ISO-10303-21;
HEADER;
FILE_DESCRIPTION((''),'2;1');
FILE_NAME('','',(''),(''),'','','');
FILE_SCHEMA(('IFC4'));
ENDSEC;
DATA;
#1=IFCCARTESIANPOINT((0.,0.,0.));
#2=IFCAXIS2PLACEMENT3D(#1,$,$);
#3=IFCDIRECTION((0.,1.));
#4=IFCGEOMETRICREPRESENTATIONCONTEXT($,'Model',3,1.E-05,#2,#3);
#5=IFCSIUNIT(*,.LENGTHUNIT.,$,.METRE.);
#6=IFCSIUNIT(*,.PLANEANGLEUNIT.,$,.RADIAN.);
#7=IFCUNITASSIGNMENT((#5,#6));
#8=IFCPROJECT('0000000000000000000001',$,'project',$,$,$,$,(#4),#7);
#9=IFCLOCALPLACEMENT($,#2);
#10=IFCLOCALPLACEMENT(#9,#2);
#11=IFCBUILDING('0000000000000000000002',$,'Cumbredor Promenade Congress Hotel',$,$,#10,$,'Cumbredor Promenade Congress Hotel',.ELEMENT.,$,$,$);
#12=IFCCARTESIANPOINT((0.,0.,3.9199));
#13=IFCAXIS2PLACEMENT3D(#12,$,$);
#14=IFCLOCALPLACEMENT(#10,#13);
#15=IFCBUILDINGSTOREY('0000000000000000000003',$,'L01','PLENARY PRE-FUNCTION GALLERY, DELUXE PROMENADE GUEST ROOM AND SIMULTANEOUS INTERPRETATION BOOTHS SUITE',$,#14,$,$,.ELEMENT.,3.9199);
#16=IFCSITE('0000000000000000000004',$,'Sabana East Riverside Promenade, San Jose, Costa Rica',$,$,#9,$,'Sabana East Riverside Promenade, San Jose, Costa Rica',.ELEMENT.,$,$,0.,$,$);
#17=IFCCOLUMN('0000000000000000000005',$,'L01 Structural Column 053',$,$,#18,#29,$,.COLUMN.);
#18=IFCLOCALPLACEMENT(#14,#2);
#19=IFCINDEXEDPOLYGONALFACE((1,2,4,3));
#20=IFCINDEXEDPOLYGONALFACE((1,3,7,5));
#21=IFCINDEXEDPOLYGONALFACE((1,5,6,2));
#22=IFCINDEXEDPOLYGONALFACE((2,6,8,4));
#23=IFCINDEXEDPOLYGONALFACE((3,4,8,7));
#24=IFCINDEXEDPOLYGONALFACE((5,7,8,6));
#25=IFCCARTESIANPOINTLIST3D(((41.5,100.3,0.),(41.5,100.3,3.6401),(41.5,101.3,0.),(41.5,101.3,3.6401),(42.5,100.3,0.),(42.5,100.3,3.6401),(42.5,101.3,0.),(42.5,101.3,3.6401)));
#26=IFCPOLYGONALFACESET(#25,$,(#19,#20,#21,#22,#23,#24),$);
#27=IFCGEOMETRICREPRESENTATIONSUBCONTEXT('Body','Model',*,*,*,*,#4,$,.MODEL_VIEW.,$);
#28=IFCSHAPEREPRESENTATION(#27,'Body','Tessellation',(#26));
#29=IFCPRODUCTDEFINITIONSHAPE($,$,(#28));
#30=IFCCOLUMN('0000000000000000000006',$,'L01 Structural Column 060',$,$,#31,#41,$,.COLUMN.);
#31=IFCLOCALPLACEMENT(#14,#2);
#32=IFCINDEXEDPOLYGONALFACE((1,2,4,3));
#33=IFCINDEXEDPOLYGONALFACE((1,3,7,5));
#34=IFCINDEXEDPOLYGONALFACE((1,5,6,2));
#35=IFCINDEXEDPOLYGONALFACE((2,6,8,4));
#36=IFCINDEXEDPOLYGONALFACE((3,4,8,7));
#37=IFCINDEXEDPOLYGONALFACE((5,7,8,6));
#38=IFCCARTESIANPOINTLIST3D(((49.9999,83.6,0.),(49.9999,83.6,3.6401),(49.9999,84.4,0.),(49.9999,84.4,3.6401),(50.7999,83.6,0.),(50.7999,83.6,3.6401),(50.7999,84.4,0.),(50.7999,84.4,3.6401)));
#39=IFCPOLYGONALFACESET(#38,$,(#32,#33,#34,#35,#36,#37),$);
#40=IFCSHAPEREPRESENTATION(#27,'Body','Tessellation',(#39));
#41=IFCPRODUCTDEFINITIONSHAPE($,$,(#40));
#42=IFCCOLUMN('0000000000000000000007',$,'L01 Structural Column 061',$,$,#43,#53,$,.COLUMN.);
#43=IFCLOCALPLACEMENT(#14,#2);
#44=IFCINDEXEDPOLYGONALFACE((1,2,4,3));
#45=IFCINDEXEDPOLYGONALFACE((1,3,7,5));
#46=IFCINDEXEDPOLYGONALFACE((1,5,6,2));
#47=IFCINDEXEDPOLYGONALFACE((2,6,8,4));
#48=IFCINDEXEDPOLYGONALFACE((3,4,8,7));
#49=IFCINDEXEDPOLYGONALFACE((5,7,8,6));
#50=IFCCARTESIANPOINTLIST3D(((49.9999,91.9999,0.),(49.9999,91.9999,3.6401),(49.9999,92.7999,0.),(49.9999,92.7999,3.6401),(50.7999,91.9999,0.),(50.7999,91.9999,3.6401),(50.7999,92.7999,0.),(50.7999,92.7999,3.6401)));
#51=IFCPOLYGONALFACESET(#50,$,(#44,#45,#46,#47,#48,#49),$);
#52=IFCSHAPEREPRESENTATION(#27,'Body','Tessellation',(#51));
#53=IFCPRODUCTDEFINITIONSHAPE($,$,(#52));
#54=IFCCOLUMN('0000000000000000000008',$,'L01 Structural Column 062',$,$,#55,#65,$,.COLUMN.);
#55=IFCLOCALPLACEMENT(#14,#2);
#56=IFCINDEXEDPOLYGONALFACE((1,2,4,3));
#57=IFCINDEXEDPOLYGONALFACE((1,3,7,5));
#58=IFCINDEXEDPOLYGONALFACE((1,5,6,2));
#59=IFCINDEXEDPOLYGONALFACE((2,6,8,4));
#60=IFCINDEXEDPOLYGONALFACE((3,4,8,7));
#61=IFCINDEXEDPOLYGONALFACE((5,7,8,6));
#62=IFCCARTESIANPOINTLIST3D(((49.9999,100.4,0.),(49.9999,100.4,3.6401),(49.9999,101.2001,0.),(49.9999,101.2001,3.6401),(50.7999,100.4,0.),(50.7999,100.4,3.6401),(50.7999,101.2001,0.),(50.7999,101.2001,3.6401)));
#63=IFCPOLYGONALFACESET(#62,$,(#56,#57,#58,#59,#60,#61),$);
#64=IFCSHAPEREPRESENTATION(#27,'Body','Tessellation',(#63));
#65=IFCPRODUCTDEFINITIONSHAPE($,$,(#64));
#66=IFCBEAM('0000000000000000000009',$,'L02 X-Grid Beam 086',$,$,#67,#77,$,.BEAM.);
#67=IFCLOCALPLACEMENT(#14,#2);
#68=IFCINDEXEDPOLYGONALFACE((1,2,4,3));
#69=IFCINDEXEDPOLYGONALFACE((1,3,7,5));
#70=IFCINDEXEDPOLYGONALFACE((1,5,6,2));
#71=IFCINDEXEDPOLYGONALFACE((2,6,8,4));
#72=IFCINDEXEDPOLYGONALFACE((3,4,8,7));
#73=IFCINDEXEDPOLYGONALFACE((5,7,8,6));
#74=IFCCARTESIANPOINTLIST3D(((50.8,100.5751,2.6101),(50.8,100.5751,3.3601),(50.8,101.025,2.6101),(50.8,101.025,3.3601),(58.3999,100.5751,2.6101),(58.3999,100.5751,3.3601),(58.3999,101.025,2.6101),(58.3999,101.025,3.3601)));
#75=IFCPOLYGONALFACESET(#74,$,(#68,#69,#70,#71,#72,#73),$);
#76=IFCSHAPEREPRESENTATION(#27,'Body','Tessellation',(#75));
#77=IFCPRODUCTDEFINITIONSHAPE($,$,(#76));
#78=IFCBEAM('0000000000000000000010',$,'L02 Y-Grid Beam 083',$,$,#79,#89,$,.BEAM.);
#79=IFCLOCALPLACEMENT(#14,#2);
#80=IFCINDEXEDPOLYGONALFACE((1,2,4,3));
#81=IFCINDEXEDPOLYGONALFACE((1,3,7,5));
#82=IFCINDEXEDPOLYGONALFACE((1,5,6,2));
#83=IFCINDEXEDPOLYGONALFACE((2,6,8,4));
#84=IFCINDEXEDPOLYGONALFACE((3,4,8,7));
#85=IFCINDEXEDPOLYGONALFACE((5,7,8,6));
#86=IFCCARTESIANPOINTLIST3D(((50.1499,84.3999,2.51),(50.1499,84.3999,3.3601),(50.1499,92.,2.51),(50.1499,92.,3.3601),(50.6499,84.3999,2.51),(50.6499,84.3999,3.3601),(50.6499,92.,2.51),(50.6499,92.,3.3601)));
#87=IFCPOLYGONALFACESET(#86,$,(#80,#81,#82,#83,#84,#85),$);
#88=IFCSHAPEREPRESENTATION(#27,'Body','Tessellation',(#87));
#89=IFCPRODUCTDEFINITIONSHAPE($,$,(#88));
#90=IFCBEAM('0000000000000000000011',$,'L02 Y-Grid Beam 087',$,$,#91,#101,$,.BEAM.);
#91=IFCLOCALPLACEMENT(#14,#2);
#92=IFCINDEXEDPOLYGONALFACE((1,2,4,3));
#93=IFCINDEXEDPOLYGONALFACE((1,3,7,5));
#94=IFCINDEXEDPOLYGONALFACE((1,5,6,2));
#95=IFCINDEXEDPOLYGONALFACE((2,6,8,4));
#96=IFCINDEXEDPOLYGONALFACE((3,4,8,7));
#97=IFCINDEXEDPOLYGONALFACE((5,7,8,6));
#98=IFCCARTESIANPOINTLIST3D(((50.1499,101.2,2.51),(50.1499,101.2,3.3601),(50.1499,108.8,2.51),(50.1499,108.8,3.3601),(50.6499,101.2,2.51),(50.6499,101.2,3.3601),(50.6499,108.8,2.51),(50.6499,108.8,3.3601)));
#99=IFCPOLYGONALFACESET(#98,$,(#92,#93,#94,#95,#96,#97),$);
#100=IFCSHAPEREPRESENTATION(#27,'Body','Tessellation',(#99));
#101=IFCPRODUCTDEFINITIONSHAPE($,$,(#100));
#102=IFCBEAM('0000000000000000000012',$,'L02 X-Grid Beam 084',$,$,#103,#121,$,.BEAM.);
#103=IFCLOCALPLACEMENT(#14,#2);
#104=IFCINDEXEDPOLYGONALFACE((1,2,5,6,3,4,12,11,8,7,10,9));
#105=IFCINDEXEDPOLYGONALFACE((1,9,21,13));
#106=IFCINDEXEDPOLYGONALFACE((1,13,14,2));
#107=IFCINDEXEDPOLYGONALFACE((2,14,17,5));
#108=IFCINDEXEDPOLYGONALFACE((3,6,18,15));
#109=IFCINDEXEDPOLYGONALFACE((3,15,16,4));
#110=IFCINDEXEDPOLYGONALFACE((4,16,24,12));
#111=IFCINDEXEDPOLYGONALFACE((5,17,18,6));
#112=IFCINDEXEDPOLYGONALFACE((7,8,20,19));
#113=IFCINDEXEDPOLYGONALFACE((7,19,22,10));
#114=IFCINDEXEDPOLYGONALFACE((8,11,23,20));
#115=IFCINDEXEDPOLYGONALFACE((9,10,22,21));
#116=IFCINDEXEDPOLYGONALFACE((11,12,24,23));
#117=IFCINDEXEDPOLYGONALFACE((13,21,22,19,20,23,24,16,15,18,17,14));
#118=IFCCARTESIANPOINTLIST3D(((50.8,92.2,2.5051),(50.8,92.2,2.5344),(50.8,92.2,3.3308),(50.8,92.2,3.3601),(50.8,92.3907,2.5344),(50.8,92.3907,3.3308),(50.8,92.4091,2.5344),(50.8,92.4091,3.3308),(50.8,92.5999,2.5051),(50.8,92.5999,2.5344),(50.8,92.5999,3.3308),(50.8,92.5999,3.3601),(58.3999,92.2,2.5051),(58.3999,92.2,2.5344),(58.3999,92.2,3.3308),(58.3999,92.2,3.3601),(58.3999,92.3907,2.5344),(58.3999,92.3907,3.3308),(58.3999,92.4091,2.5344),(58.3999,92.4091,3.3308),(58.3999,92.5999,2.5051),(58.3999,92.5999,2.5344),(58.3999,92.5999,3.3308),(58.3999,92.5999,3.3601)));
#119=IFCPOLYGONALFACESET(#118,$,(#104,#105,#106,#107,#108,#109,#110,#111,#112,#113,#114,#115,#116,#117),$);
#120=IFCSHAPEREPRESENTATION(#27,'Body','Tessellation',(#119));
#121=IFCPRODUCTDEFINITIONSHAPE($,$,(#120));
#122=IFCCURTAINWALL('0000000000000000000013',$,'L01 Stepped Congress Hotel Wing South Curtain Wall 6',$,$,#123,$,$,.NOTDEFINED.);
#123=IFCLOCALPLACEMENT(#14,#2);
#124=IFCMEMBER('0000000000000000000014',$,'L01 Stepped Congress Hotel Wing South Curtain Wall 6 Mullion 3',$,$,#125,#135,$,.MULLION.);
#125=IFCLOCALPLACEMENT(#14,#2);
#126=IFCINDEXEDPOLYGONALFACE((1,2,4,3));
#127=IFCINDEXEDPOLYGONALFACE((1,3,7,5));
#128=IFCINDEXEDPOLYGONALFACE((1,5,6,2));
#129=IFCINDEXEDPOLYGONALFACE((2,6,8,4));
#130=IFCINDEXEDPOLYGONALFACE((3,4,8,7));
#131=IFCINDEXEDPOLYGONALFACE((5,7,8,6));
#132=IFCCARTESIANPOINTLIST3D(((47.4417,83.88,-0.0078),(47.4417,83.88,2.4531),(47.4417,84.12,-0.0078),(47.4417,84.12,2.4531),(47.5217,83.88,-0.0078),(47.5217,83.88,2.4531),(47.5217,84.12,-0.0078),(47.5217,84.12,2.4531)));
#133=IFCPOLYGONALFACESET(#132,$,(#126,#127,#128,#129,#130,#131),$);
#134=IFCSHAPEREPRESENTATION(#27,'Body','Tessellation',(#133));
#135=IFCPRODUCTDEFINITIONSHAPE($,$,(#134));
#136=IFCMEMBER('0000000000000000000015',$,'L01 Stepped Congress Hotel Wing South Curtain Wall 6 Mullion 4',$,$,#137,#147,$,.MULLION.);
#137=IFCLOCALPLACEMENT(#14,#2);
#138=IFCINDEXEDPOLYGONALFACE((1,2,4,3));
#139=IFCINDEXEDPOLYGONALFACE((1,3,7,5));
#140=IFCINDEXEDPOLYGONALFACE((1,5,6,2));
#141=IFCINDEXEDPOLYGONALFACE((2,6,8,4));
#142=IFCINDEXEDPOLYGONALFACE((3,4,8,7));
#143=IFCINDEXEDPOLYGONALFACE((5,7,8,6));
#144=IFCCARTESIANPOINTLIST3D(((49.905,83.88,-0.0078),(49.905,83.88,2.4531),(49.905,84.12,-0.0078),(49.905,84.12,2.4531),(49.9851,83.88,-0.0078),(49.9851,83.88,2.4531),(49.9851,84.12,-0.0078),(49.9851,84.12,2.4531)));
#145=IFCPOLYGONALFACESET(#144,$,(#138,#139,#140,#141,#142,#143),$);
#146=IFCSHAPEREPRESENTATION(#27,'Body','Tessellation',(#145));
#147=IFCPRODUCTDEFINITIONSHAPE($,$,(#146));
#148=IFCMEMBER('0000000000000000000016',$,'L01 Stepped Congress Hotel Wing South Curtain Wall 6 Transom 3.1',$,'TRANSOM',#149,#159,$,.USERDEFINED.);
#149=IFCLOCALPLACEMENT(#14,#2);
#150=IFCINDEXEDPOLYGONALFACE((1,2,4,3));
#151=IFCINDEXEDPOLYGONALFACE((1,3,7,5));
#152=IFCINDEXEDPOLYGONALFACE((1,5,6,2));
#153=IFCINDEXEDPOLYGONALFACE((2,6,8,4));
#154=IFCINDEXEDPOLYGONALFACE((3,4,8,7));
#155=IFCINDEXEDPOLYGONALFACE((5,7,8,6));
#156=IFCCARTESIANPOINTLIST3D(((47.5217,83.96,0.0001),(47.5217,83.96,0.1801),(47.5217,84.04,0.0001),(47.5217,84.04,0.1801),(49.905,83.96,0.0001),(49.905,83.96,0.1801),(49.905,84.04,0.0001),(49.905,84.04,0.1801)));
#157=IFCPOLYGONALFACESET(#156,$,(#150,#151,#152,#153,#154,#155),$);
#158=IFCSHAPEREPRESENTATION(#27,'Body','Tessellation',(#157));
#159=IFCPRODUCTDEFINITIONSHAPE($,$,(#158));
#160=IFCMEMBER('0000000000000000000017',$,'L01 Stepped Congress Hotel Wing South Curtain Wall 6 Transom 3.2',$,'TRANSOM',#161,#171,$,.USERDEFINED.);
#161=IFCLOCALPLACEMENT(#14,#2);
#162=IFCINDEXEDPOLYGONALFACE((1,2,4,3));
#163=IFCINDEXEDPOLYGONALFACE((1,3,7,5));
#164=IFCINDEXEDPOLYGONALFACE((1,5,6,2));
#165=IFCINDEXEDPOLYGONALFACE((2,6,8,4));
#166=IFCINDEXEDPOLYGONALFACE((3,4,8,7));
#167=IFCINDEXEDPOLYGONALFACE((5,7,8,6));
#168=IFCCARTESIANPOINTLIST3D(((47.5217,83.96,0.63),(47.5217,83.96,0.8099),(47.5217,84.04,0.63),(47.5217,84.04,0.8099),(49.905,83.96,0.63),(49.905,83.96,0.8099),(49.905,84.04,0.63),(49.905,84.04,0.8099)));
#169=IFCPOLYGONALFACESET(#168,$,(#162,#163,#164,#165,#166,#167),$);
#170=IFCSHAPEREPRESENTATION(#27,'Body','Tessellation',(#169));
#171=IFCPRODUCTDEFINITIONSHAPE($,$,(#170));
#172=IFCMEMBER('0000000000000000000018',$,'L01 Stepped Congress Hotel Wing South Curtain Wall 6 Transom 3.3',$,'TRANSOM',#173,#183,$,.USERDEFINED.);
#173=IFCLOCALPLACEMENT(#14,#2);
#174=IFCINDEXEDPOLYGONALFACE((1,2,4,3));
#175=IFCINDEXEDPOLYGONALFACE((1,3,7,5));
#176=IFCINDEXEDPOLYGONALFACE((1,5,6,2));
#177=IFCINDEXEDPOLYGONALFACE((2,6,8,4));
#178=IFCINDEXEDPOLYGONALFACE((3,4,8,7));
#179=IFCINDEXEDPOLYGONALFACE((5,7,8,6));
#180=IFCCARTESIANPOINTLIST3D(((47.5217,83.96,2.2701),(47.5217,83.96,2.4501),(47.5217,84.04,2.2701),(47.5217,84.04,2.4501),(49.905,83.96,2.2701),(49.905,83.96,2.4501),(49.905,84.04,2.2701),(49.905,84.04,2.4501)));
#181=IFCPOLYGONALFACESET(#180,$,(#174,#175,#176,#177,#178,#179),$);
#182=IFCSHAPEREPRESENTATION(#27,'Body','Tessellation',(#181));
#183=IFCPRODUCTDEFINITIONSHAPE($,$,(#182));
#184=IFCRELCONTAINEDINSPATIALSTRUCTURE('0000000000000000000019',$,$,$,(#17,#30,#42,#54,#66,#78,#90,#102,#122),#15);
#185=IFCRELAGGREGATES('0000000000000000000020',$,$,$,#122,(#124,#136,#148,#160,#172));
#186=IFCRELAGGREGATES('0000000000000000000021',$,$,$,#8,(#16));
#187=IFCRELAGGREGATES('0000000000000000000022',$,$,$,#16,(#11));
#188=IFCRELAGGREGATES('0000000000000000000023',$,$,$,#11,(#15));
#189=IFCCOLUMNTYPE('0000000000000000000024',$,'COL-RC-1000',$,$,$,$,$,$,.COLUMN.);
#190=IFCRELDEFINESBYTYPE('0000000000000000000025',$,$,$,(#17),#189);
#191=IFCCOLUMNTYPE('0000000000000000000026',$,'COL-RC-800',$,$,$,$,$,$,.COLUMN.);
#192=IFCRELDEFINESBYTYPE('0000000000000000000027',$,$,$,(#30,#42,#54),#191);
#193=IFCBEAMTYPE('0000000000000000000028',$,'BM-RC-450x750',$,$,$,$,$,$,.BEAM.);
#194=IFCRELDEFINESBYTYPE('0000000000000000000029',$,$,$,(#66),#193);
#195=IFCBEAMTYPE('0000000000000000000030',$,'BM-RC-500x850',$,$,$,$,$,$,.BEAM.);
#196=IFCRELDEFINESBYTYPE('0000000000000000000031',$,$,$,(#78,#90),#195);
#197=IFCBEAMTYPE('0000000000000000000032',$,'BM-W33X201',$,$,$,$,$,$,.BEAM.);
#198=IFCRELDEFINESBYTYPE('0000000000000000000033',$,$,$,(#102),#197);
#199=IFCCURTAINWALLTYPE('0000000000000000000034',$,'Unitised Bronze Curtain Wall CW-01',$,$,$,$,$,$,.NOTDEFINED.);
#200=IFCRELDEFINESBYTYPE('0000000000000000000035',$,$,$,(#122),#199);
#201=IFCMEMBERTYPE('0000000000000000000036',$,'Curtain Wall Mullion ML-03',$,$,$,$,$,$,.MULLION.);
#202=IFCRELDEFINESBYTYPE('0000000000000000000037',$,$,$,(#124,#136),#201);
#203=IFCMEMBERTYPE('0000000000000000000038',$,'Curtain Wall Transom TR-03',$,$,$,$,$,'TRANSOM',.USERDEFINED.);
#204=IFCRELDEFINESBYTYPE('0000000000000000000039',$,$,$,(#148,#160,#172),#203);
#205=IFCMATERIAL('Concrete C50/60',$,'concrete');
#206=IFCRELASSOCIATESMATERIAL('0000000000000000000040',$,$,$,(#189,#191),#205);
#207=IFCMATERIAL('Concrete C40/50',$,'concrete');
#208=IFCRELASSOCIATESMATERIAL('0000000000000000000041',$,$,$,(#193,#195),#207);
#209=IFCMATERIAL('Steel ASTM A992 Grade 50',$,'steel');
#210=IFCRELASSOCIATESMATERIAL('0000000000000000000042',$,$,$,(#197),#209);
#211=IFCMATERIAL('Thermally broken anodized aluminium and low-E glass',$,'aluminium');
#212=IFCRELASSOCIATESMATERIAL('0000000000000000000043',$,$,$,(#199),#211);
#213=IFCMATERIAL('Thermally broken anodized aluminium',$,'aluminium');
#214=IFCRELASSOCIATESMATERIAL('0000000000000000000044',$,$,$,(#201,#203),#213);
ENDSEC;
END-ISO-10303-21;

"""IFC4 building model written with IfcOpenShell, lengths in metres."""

from ifc_helpers import new_model, si_unit, direction, frame, origin, origin_2d, place, context, subcontext, project, spatial, rectangle, i_section, extrude, material, material_profile, profile_set, type_object, element, aggregate, save


model = new_model("IFC4")

# Units and contexts
model_context = context("Model", 3, precision=1e-05, world=origin(), true_north=direction((0.0, 1.0)))
body_context = subcontext(model_context, "Body", "Model", "MODEL_VIEW")
ifc_project = project(units=[si_unit("LENGTHUNIT", "METRE"), si_unit("PLANEANGLEUNIT", "RADIAN")], contexts=[model_context])

# Site, building, storey
site_placement = place(None, origin())
site = spatial("IfcSite", under=ifc_project, at=site_placement, Name="Sabana East Riverside Promenade, San Jose, Costa Rica", LongName="Sabana East Riverside Promenade, San Jose, Costa Rica", CompositionType="ELEMENT", RefElevation=0.0)
building_placement = place(site_placement, origin())
building = spatial("IfcBuilding", under=site, at=building_placement, Name="Cumbredor Promenade Congress Hotel", LongName="Cumbredor Promenade Congress Hotel", CompositionType="ELEMENT")
storey_placement = place(building_placement, frame((0.0, 0.0, 3.9199)))
storey = spatial("IfcBuildingStorey", under=building, at=storey_placement, Name="L01", Description="PLENARY PRE-FUNCTION GALLERY, DELUXE PROMENADE GUEST ROOM AND SIMULTANEOUS INTERPRETATION BOOTHS SUITE", CompositionType="ELEMENT", Elevation=3.9199)

# Columns
ifc_material_1 = material(Name="Concrete C50/60", Category="concrete")
ifc_material_profile_1 = material_profile(ifc_material_1, rectangle(XDim=1.0, YDim=1.0, at=origin_2d()), Name="RC 1000x1000")
ifc_profile_set_1 = profile_set([ifc_material_profile_1], Name="Concrete C50/60")
column_type_1 = type_object("IfcColumnType", Name="COL-RC-1000", PredefinedType="COLUMN", material=ifc_profile_set_1)
column_placement = place(storey_placement, frame((42.0, 100.8, 0.0), z_axis=(0.0, 0.0, 1.0), x_axis=(1.0, 0.0, 0.0)))
element("IfcColumn", 1, at=column_placement, inside=storey, type_object=column_type_1, Name="L01 Structural Column 053", PredefinedType="COLUMN", context=body_context, shape_type="SweptSolid", body=[
    extrude(rectangle(XDim=1.0, YDim=1.0, at=origin_2d()), origin(), (0.0, 0.0, 1.0), 3.6401),
])
ifc_material_profile_2 = material_profile(ifc_material_1, rectangle(XDim=0.8, YDim=0.8, at=origin_2d()), Name="RC 800x800")
ifc_profile_set_2 = profile_set([ifc_material_profile_2], Name="Concrete C50/60")
column_type_2 = type_object("IfcColumnType", Name="COL-RC-800", PredefinedType="COLUMN", material=ifc_profile_set_2)
for number, where, z_axis, x_axis, name in (
    (2, (50.3999, 84.0, 0.0), (0.0, 0.0, 1.0), (1.0, 0.0, 0.0), "L01 Structural Column 060"),
    (3, (50.3999, 92.3999, 0.0), (0.0, 0.0, 1.0), (1.0, 0.0, 0.0), "L01 Structural Column 061"),
    (4, (50.3999, 100.8, 0.0), (0.0, 0.0, 1.0), (1.0, 0.0, 0.0), "L01 Structural Column 062"),
):
    element("IfcColumn", number, at=place(storey_placement, frame(where, z_axis=z_axis, x_axis=x_axis)), inside=storey, type_object=column_type_2, Name=name, PredefinedType="COLUMN", context=body_context, shape_type="SweptSolid", body=[
        extrude(rectangle(XDim=0.8, YDim=0.8, at=origin_2d()), origin(), (0.0, 0.0, 1.0), 3.6401),
    ])

# Beams
ifc_material_2 = material(Name="Concrete C40/50", Category="concrete")
ifc_material_profile_3 = material_profile(ifc_material_2, rectangle(XDim=0.45, YDim=0.75, at=origin_2d()), Name="RC BEAM 450x750")
ifc_profile_set_3 = profile_set([ifc_material_profile_3], Name="Concrete C40/50")
beam_type_1 = type_object("IfcBeamType", Name="BM-RC-450x750", PredefinedType="BEAM", material=ifc_profile_set_3)
beam_1_placement = place(storey_placement, frame((50.8, 100.8, 2.9851), z_axis=(1.0, 0.0, 0.0), x_axis=(0.0, 1.0, 0.0)))
element("IfcBeam", 5, at=beam_1_placement, inside=storey, type_object=beam_type_1, Name="L02 X-Grid Beam 086", PredefinedType="BEAM", context=body_context, shape_type="SweptSolid", body=[
    extrude(rectangle(XDim=0.45, YDim=0.75, at=origin_2d()), origin(), (0.0, 0.0, 1.0), 7.5999),
])
ifc_material_profile_4 = material_profile(ifc_material_2, rectangle(XDim=0.5, YDim=0.8501, at=origin_2d()), Name="RC BEAM 500x850")
ifc_profile_set_4 = profile_set([ifc_material_profile_4], Name="Concrete C40/50")
beam_type_2 = type_object("IfcBeamType", Name="BM-RC-500x850", PredefinedType="BEAM", material=ifc_profile_set_4)
for number, where, z_axis, x_axis, name in (
    (6, (50.3999, 84.3999, 2.9351), (0.0, 1.0, 0.0), (-1.0, 0.0, 0.0), "L02 Y-Grid Beam 083"),
    (7, (50.3999, 101.2, 2.9351), (0.0, 1.0, 0.0), (-1.0, 0.0, 0.0), "L02 Y-Grid Beam 087"),
):
    element("IfcBeam", number, at=place(storey_placement, frame(where, z_axis=z_axis, x_axis=x_axis)), inside=storey, type_object=beam_type_2, Name=name, PredefinedType="BEAM", context=body_context, shape_type="SweptSolid", body=[
        extrude(rectangle(XDim=0.5, YDim=0.8501, at=origin_2d()), origin(), (0.0, 0.0, 1.0), 7.6001),
    ])
ifc_material_3 = material(Name="Steel ASTM A992 Grade 50", Category="steel")
ifc_material_profile_5 = material_profile(ifc_material_3, i_section(OverallWidth=0.3999, OverallDepth=0.855, WebThickness=0.0183, FlangeThickness=0.0293, at=origin_2d()), Name="W33X201")
ifc_profile_set_5 = profile_set([ifc_material_profile_5], Name="Steel ASTM A992 Grade 50")
beam_type_3 = type_object("IfcBeamType", Name="BM-W33X201", PredefinedType="BEAM", material=ifc_profile_set_5)
beam_2_placement = place(storey_placement, frame((50.8, 92.3999, 2.9326), z_axis=(1.0, 0.0, 0.0), x_axis=(0.0, 1.0, 0.0)))
element("IfcBeam", 8, at=beam_2_placement, inside=storey, type_object=beam_type_3, Name="L02 X-Grid Beam 084", PredefinedType="BEAM", context=body_context, shape_type="SweptSolid", body=[
    extrude(i_section(OverallWidth=0.3999, OverallDepth=0.855, WebThickness=0.0183, FlangeThickness=0.0293, at=origin_2d()), origin(), (0.0, 0.0, 1.0), 7.5999),
])

# Curtain wall, members
ifc_material_4 = material(Name="Thermally broken anodized aluminium and low-E glass", Category="aluminium")
curtain_wall_type = type_object("IfcCurtainWallType", Name="Unitised Bronze Curtain Wall CW-01", PredefinedType="NOTDEFINED", material=ifc_material_4)
curtain_wall_placement = place(storey_placement, origin())
curtain_wall = element("IfcCurtainWall", 9, at=curtain_wall_placement, inside=storey, type_object=curtain_wall_type, Name="L01 Stepped Congress Hotel Wing South Curtain Wall 6", PredefinedType="NOTDEFINED")
ifc_material_5 = material(Name="Thermally broken anodized aluminium", Category="aluminium")
ifc_material_profile_6 = material_profile(ifc_material_5, rectangle(XDim=0.0801, YDim=0.24, at=origin_2d()), Name="ALU MULLION 80x240")
ifc_profile_set_6 = profile_set([ifc_material_profile_6], Name="Thermally broken anodized aluminium")
member_type_1 = type_object("IfcMemberType", Name="Curtain Wall Mullion ML-03", PredefinedType="MULLION", material=ifc_profile_set_6)
member_1_placement = place(storey_placement, frame((47.4817, 84.0, -0.0078), z_axis=(0.0, 0.0, 1.0), x_axis=(1.0, 0.0, 0.0)))
member_1 = element("IfcMember", 10, at=member_1_placement, type_object=member_type_1, Name="L01 Stepped Congress Hotel Wing South Curtain Wall 6 Mullion 3", PredefinedType="MULLION", context=body_context, shape_type="SweptSolid", body=[
    extrude(rectangle(XDim=0.0801, YDim=0.24, at=origin_2d()), origin(), (0.0, 0.0, 1.0), 2.4609),
])
member_2_placement = place(storey_placement, frame((49.9451, 84.0, -0.0078), z_axis=(0.0, 0.0, 1.0), x_axis=(1.0, 0.0, 0.0)))
member_2 = element("IfcMember", 11, at=member_2_placement, type_object=member_type_1, Name="L01 Stepped Congress Hotel Wing South Curtain Wall 6 Mullion 4", PredefinedType="MULLION", context=body_context, shape_type="SweptSolid", body=[
    extrude(rectangle(XDim=0.0801, YDim=0.24, at=origin_2d()), origin(), (0.0, 0.0, 1.0), 2.4609),
])
ifc_material_profile_7 = material_profile(ifc_material_5, rectangle(XDim=0.0801, YDim=0.1799, at=origin_2d()), Name="ALU TRANSOM 80x180")
ifc_profile_set_7 = profile_set([ifc_material_profile_7], Name="Thermally broken anodized aluminium")
member_type_2 = type_object("IfcMemberType", Name="Curtain Wall Transom TR-03", ElementType="TRANSOM", PredefinedType="USERDEFINED", material=ifc_profile_set_7)
member_3_placement = place(storey_placement, frame((47.5217, 84.0, 0.0901), z_axis=(1.0, 0.0, 0.0), x_axis=(0.0, 1.0, 0.0)))
member_3 = element("IfcMember", 12, at=member_3_placement, type_object=member_type_2, Name="L01 Stepped Congress Hotel Wing South Curtain Wall 6 Transom 3.1", ObjectType="TRANSOM", PredefinedType="USERDEFINED", context=body_context, shape_type="SweptSolid", body=[
    extrude(rectangle(XDim=0.0801, YDim=0.1799, at=origin_2d()), origin(), (0.0, 0.0, 1.0), 2.3833),
])
member_4_placement = place(storey_placement, frame((47.5217, 84.0, 0.72), z_axis=(1.0, 0.0, 0.0), x_axis=(0.0, 1.0, 0.0)))
member_4 = element("IfcMember", 13, at=member_4_placement, type_object=member_type_2, Name="L01 Stepped Congress Hotel Wing South Curtain Wall 6 Transom 3.2", ObjectType="TRANSOM", PredefinedType="USERDEFINED", context=body_context, shape_type="SweptSolid", body=[
    extrude(rectangle(XDim=0.0801, YDim=0.1799, at=origin_2d()), origin(), (0.0, 0.0, 1.0), 2.3833),
])
member_5_placement = place(storey_placement, frame((47.5217, 84.0, 2.3601), z_axis=(1.0, 0.0, 0.0), x_axis=(0.0, 1.0, 0.0)))
member_5 = element("IfcMember", 14, at=member_5_placement, type_object=member_type_2, Name="L01 Stepped Congress Hotel Wing South Curtain Wall 6 Transom 3.3", ObjectType="TRANSOM", PredefinedType="USERDEFINED", context=body_context, shape_type="SweptSolid", body=[
    extrude(rectangle(XDim=0.0801, YDim=0.1799, at=origin_2d()), origin(), (0.0, 0.0, 1.0), 2.3833),
])

aggregate(curtain_wall, [member_1, member_2, member_3, member_4, member_5])

save(model, "model.ifc")
